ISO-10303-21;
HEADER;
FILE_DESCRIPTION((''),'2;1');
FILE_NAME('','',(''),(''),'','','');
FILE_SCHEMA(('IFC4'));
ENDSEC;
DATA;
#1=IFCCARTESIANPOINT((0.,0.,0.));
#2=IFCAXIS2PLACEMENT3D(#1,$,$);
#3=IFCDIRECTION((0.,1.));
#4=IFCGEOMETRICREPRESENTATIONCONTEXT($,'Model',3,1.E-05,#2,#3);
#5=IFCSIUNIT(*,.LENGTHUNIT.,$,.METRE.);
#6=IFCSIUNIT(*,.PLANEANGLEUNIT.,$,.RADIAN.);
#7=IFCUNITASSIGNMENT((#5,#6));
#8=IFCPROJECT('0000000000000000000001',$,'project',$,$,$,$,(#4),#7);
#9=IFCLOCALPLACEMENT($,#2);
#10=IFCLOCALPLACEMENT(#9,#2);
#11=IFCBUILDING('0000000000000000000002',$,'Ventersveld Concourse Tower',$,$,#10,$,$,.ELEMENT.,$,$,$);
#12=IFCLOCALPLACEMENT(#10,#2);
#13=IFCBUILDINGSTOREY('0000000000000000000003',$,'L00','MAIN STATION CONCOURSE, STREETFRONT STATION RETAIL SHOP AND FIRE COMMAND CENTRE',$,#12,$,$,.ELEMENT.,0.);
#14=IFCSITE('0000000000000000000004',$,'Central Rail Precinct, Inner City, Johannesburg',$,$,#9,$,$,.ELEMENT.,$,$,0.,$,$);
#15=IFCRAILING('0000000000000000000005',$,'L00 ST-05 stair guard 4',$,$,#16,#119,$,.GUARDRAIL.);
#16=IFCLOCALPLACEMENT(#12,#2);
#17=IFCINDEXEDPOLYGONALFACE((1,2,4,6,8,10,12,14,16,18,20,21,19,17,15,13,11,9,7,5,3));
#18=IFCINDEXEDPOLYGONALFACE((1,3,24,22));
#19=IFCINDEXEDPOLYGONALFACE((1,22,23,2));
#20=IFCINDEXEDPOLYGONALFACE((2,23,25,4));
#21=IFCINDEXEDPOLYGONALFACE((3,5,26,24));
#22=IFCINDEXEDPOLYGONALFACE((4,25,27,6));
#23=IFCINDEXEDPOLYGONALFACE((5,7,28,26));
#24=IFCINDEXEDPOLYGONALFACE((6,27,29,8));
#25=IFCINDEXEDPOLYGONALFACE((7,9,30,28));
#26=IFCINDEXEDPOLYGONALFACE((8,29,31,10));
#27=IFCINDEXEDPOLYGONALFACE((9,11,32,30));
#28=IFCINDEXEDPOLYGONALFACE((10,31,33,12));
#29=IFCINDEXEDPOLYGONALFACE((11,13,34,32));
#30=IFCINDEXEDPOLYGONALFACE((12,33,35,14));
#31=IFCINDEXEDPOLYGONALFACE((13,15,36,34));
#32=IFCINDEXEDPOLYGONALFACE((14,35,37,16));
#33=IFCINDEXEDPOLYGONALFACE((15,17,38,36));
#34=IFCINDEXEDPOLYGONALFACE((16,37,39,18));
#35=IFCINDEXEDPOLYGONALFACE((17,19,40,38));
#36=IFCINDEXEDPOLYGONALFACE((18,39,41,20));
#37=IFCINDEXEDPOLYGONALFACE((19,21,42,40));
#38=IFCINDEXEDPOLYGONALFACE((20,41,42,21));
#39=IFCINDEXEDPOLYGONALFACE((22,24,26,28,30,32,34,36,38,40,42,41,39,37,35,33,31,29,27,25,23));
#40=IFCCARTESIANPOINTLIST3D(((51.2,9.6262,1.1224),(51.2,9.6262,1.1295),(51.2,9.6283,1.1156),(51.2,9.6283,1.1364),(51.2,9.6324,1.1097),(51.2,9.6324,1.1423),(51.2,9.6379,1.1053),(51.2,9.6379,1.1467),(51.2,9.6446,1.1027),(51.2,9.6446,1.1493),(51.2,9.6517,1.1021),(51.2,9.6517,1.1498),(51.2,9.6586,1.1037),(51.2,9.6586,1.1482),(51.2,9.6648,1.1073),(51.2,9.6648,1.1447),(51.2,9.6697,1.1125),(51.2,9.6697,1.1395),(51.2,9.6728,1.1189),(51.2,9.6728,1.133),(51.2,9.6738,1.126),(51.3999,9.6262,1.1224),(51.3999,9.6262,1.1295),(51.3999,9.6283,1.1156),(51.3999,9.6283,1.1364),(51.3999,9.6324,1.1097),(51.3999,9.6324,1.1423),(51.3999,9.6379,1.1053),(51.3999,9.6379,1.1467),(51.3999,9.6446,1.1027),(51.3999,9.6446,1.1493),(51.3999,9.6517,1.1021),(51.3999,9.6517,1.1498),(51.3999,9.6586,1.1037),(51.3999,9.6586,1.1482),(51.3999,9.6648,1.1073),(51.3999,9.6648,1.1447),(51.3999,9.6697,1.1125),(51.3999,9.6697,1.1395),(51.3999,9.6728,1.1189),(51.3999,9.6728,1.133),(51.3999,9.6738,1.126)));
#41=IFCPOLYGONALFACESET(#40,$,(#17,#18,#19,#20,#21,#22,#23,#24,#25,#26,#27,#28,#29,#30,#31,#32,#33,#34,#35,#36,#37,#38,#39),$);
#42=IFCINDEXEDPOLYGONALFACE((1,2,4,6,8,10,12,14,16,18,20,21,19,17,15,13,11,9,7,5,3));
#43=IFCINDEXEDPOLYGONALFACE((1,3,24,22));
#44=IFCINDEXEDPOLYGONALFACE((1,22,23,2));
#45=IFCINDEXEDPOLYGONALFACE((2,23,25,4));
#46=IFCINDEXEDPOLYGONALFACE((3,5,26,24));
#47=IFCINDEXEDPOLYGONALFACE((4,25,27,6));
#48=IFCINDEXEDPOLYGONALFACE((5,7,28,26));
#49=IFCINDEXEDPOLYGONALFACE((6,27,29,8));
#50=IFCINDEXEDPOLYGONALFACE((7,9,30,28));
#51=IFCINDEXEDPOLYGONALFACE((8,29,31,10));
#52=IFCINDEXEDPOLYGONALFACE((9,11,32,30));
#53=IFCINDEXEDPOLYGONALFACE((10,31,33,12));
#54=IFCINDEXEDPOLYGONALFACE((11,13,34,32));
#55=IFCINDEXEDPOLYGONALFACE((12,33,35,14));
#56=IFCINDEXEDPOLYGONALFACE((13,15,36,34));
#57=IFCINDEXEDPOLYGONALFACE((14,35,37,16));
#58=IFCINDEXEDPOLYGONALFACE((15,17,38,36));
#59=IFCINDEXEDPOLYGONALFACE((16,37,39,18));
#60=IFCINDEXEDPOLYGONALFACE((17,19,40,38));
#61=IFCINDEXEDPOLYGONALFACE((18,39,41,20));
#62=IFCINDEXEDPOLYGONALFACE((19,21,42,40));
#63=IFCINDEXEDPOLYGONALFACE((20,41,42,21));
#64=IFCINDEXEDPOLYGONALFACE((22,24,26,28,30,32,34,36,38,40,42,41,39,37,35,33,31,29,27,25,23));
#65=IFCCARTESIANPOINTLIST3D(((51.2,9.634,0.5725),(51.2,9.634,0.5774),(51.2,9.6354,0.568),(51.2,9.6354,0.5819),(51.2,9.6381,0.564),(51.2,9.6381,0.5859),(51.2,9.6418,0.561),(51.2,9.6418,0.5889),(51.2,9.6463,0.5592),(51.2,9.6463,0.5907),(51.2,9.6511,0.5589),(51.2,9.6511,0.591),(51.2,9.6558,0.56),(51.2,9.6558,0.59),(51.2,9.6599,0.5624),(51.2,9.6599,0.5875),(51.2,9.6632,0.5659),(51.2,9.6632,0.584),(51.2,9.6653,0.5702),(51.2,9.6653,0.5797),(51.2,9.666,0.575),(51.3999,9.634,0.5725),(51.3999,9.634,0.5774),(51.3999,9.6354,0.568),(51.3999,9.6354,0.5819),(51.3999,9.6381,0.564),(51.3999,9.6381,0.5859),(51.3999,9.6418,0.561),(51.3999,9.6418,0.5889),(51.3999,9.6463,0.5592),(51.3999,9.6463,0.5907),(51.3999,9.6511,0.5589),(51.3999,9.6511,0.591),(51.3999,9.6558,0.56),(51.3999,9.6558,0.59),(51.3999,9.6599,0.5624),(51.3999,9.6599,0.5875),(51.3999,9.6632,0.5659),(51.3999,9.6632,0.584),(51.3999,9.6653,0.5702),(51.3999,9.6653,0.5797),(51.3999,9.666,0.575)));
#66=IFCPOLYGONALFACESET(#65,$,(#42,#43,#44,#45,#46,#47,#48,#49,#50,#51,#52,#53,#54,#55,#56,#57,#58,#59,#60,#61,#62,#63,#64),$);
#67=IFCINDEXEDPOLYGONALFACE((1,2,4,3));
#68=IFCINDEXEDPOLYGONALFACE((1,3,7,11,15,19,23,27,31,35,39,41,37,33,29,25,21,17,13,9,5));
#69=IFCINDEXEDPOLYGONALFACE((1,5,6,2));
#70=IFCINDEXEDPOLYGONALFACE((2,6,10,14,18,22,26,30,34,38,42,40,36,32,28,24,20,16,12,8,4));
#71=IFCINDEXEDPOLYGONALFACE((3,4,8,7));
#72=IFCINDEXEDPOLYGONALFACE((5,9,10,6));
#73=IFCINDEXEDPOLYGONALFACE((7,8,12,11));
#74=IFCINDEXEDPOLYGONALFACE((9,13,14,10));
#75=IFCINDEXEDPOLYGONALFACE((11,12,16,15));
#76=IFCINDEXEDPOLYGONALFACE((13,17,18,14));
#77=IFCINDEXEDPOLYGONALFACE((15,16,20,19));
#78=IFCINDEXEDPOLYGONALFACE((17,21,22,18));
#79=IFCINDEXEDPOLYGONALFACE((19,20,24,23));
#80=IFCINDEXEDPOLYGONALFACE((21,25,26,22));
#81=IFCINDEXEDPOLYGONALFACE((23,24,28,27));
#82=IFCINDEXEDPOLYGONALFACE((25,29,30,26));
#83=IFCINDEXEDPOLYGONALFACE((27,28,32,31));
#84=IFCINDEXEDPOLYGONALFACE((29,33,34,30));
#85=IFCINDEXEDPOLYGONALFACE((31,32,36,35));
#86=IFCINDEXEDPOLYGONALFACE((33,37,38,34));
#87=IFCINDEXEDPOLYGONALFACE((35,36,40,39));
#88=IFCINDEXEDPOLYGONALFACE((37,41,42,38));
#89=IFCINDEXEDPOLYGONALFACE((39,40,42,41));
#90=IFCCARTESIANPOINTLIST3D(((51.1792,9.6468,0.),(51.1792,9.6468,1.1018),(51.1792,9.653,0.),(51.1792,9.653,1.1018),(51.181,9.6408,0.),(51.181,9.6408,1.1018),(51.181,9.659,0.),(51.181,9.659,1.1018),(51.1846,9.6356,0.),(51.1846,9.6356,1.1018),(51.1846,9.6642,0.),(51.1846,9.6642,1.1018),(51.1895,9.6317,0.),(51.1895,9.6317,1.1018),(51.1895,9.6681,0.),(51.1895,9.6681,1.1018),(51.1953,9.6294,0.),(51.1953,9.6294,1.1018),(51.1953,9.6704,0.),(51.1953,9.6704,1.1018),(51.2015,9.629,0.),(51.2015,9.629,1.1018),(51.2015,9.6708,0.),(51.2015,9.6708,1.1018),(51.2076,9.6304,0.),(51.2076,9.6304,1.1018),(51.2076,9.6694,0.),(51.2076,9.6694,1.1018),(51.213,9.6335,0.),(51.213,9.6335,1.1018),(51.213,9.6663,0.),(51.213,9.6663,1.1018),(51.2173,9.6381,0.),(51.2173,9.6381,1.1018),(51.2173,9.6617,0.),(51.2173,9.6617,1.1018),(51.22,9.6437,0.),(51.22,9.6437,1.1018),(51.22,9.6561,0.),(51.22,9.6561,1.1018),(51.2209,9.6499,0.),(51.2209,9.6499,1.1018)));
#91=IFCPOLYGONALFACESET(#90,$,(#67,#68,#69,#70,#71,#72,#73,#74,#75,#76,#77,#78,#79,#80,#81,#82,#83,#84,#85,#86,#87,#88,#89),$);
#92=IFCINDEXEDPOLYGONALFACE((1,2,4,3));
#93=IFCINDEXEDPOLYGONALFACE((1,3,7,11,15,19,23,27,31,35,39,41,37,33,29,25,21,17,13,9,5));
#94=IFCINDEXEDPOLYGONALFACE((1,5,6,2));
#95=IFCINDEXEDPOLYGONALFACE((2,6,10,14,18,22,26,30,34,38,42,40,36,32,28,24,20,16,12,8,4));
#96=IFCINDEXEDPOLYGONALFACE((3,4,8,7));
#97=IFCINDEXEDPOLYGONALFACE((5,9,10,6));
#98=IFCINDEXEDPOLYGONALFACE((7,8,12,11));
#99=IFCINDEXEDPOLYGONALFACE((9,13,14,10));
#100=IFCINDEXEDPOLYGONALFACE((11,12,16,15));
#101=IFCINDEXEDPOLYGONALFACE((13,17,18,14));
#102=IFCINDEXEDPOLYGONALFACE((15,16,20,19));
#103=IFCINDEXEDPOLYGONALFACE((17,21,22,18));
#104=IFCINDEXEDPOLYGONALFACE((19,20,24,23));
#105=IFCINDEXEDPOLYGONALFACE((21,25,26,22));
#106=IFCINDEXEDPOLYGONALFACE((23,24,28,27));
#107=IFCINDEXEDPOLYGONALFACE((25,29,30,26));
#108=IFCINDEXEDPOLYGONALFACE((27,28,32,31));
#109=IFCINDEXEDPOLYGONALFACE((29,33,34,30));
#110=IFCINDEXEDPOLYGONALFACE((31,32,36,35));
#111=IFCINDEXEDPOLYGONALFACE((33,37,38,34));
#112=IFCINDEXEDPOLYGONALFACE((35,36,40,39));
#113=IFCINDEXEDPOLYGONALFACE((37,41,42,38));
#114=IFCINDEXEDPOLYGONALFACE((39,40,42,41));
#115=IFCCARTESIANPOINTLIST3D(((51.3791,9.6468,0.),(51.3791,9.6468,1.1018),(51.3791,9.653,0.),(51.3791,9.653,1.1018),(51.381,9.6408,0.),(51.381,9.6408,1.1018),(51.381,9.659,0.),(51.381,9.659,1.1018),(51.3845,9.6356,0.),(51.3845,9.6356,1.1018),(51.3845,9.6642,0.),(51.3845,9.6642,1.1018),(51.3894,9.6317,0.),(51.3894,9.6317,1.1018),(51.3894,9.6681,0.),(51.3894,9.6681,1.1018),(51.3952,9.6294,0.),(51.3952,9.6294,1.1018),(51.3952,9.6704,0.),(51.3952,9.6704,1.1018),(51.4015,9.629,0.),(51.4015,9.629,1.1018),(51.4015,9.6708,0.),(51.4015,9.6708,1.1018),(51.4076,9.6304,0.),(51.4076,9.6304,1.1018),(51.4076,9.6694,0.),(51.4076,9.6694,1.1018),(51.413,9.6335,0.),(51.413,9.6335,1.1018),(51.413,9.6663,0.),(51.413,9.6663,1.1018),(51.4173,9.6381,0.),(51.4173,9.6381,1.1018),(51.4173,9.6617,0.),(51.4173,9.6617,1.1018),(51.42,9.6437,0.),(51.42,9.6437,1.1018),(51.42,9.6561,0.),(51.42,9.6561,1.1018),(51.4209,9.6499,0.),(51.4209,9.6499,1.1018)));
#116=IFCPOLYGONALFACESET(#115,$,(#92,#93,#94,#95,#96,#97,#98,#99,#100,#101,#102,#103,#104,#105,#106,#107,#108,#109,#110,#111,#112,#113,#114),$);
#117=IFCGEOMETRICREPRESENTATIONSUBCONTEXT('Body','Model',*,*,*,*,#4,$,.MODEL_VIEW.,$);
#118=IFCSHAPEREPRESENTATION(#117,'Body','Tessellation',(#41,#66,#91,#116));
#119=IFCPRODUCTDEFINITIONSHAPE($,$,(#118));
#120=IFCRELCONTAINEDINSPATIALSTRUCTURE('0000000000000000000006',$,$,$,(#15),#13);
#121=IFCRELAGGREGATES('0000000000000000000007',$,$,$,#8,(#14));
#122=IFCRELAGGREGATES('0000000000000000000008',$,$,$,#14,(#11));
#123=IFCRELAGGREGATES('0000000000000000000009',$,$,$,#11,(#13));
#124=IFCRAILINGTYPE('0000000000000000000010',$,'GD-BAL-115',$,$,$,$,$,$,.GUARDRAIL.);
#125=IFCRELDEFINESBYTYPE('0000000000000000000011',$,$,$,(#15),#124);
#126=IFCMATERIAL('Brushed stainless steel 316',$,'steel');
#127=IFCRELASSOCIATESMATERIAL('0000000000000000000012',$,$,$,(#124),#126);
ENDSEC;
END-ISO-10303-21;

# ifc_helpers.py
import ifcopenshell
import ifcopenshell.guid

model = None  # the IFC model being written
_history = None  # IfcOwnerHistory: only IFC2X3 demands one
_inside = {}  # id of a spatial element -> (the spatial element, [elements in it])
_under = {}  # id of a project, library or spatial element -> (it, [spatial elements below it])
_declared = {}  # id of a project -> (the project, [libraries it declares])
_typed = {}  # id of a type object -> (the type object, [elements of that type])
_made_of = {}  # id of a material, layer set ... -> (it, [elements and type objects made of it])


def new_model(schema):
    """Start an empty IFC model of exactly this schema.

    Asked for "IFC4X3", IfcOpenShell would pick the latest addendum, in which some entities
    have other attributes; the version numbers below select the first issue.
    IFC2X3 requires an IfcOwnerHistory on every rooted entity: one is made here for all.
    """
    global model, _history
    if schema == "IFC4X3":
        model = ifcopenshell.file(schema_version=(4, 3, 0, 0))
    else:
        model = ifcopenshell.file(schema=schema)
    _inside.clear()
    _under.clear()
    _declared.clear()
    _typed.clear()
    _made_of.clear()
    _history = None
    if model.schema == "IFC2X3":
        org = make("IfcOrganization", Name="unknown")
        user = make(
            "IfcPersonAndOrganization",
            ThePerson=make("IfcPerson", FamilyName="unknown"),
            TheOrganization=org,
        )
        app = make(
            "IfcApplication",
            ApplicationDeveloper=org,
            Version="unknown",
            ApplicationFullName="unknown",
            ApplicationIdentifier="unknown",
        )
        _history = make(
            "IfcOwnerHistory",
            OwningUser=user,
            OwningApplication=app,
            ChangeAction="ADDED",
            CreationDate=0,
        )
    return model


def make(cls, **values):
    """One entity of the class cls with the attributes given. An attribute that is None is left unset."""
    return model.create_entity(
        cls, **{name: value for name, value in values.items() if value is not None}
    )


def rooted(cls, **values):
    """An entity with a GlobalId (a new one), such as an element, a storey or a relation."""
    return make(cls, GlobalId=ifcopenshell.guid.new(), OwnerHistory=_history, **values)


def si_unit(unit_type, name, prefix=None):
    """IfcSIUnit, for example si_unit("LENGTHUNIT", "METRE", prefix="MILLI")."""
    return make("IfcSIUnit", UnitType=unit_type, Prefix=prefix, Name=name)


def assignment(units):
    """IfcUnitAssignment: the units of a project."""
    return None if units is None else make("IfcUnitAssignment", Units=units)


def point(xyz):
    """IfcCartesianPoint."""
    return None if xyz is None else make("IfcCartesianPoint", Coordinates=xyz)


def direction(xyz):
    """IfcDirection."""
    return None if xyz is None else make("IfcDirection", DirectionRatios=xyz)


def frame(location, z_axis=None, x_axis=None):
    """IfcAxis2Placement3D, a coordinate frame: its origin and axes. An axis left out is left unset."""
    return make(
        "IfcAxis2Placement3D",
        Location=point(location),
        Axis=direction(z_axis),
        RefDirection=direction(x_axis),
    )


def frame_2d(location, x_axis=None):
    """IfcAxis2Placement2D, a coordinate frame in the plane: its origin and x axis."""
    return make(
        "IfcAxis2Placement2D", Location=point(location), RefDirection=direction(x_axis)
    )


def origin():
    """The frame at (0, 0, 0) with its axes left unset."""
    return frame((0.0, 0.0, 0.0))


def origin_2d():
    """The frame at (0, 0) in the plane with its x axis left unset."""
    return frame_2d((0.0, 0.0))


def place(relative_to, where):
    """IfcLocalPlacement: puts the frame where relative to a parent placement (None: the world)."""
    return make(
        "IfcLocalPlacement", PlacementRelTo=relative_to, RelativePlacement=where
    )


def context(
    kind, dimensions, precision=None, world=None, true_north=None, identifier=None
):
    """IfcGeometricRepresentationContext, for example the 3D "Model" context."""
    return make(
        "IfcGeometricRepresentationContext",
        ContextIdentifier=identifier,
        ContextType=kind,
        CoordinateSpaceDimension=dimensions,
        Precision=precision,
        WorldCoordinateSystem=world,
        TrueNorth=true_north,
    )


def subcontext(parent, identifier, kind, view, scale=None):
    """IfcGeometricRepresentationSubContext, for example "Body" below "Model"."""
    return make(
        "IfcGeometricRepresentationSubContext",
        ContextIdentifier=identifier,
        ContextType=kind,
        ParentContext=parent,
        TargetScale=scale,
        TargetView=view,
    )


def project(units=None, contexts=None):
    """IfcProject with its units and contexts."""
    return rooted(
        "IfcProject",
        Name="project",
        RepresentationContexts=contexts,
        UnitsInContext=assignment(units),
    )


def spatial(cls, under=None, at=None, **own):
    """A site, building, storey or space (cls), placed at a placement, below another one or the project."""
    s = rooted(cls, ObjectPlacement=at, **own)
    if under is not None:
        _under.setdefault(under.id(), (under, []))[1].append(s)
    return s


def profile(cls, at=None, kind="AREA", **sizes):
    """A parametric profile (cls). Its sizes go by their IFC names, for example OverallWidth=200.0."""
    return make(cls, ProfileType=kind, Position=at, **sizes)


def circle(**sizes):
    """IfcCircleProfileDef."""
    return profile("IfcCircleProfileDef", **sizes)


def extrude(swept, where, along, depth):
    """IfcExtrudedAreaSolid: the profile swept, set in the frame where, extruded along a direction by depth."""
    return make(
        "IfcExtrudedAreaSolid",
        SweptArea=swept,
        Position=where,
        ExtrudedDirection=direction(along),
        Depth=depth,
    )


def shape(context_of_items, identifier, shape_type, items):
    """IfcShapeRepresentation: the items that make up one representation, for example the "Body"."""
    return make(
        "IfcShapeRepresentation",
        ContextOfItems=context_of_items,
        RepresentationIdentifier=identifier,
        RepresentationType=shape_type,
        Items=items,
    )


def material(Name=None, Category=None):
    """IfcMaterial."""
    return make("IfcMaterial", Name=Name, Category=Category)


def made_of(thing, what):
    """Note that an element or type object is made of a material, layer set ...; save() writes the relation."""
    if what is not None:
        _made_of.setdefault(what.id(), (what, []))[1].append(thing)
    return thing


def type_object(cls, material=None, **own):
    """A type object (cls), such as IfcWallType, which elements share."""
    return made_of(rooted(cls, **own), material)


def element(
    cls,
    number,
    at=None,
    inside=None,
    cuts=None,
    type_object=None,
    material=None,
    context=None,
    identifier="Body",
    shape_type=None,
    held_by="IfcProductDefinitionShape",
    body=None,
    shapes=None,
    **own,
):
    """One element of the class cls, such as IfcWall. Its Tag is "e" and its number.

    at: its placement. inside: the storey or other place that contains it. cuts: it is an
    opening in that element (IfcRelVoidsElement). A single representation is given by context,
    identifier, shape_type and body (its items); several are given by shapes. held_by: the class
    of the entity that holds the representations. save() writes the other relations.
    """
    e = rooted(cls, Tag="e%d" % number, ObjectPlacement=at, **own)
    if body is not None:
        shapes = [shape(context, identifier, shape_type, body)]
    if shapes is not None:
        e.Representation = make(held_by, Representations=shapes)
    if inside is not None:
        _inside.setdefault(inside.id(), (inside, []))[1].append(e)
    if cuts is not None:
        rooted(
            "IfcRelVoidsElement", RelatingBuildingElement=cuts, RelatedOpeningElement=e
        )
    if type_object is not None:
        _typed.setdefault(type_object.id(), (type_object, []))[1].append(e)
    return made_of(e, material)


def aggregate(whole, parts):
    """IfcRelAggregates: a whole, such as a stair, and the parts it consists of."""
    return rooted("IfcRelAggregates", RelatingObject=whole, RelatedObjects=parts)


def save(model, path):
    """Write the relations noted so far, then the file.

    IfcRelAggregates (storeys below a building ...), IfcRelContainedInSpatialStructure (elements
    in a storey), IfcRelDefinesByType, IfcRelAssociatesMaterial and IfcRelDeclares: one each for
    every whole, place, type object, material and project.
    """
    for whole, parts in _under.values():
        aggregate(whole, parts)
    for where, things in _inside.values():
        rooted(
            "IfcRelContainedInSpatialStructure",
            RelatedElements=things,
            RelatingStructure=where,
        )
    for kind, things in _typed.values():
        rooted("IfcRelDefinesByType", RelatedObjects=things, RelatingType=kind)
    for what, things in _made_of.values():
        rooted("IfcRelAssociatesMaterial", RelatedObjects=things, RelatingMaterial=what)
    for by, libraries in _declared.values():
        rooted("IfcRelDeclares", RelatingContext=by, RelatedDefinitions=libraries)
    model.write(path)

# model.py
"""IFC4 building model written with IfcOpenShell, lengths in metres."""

from ifc_helpers import new_model, si_unit, direction, frame, origin, origin_2d, place, context, subcontext, project, spatial, circle, extrude, material, type_object, element, save


model = new_model("IFC4")

# Units and contexts
model_context = context("Model", 3, precision=1e-05, world=origin(), true_north=direction((0.0, 1.0)))
body_context = subcontext(model_context, "Body", "Model", "MODEL_VIEW")
ifc_project = project(units=[si_unit("LENGTHUNIT", "METRE"), si_unit("PLANEANGLEUNIT", "RADIAN")], contexts=[model_context])

# Site, building, storey
site_placement = place(None, origin())
site = spatial("IfcSite", under=ifc_project, at=site_placement, Name="Central Rail Precinct, Inner City, Johannesburg", CompositionType="ELEMENT", RefElevation=0.0)
building_placement = place(site_placement, origin())
building = spatial("IfcBuilding", under=site, at=building_placement, Name="Ventersveld Concourse Tower", CompositionType="ELEMENT")
storey_placement = place(building_placement, origin())
storey = spatial("IfcBuildingStorey", under=building, at=storey_placement, Name="L00", Description="MAIN STATION CONCOURSE, STREETFRONT STATION RETAIL SHOP AND FIRE COMMAND CENTRE", CompositionType="ELEMENT", Elevation=0.0)

# Railing
ifc_material_1 = material(Name="Brushed stainless steel 316", Category="steel")
railing_type_1 = type_object("IfcRailingType", Name="GD-BAL-115", PredefinedType="GUARDRAIL", material=ifc_material_1)
railing_1_placement = place(storey_placement, frame((51.2, 9.6499, 0.0)))
element("IfcRailing", 1, at=railing_1_placement, inside=storey, type_object=railing_type_1, Name="L00 ST-05 stair guard 4", PredefinedType="GUARDRAIL", context=body_context, shape_type="SweptSolid", body=[
    extrude(circle(Radius=0.0239, at=origin_2d()), frame((0.0, 0.0, 1.126), z_axis=(1.0, 0.0, 0.0), x_axis=(0.0, 1.0, 0.0)), (0.0, 0.0, 1.0), 0.2),
    extrude(circle(Radius=0.0161, at=origin_2d()), frame((0.0, 0.0, 0.575), z_axis=(1.0, 0.0, 0.0), x_axis=(0.0, 1.0, 0.0)), (0.0, 0.0, 1.0), 0.2),
    extrude(circle(Radius=0.021, at=origin_2d()), origin(), (0.0, 0.0, 1.0), 1.1018),
    extrude(circle(Radius=0.021, at=origin_2d()), frame((0.2, 0.0, 0.0)), (0.0, 0.0, 1.0), 1.1018),
])

save(model, "model.ifc")
